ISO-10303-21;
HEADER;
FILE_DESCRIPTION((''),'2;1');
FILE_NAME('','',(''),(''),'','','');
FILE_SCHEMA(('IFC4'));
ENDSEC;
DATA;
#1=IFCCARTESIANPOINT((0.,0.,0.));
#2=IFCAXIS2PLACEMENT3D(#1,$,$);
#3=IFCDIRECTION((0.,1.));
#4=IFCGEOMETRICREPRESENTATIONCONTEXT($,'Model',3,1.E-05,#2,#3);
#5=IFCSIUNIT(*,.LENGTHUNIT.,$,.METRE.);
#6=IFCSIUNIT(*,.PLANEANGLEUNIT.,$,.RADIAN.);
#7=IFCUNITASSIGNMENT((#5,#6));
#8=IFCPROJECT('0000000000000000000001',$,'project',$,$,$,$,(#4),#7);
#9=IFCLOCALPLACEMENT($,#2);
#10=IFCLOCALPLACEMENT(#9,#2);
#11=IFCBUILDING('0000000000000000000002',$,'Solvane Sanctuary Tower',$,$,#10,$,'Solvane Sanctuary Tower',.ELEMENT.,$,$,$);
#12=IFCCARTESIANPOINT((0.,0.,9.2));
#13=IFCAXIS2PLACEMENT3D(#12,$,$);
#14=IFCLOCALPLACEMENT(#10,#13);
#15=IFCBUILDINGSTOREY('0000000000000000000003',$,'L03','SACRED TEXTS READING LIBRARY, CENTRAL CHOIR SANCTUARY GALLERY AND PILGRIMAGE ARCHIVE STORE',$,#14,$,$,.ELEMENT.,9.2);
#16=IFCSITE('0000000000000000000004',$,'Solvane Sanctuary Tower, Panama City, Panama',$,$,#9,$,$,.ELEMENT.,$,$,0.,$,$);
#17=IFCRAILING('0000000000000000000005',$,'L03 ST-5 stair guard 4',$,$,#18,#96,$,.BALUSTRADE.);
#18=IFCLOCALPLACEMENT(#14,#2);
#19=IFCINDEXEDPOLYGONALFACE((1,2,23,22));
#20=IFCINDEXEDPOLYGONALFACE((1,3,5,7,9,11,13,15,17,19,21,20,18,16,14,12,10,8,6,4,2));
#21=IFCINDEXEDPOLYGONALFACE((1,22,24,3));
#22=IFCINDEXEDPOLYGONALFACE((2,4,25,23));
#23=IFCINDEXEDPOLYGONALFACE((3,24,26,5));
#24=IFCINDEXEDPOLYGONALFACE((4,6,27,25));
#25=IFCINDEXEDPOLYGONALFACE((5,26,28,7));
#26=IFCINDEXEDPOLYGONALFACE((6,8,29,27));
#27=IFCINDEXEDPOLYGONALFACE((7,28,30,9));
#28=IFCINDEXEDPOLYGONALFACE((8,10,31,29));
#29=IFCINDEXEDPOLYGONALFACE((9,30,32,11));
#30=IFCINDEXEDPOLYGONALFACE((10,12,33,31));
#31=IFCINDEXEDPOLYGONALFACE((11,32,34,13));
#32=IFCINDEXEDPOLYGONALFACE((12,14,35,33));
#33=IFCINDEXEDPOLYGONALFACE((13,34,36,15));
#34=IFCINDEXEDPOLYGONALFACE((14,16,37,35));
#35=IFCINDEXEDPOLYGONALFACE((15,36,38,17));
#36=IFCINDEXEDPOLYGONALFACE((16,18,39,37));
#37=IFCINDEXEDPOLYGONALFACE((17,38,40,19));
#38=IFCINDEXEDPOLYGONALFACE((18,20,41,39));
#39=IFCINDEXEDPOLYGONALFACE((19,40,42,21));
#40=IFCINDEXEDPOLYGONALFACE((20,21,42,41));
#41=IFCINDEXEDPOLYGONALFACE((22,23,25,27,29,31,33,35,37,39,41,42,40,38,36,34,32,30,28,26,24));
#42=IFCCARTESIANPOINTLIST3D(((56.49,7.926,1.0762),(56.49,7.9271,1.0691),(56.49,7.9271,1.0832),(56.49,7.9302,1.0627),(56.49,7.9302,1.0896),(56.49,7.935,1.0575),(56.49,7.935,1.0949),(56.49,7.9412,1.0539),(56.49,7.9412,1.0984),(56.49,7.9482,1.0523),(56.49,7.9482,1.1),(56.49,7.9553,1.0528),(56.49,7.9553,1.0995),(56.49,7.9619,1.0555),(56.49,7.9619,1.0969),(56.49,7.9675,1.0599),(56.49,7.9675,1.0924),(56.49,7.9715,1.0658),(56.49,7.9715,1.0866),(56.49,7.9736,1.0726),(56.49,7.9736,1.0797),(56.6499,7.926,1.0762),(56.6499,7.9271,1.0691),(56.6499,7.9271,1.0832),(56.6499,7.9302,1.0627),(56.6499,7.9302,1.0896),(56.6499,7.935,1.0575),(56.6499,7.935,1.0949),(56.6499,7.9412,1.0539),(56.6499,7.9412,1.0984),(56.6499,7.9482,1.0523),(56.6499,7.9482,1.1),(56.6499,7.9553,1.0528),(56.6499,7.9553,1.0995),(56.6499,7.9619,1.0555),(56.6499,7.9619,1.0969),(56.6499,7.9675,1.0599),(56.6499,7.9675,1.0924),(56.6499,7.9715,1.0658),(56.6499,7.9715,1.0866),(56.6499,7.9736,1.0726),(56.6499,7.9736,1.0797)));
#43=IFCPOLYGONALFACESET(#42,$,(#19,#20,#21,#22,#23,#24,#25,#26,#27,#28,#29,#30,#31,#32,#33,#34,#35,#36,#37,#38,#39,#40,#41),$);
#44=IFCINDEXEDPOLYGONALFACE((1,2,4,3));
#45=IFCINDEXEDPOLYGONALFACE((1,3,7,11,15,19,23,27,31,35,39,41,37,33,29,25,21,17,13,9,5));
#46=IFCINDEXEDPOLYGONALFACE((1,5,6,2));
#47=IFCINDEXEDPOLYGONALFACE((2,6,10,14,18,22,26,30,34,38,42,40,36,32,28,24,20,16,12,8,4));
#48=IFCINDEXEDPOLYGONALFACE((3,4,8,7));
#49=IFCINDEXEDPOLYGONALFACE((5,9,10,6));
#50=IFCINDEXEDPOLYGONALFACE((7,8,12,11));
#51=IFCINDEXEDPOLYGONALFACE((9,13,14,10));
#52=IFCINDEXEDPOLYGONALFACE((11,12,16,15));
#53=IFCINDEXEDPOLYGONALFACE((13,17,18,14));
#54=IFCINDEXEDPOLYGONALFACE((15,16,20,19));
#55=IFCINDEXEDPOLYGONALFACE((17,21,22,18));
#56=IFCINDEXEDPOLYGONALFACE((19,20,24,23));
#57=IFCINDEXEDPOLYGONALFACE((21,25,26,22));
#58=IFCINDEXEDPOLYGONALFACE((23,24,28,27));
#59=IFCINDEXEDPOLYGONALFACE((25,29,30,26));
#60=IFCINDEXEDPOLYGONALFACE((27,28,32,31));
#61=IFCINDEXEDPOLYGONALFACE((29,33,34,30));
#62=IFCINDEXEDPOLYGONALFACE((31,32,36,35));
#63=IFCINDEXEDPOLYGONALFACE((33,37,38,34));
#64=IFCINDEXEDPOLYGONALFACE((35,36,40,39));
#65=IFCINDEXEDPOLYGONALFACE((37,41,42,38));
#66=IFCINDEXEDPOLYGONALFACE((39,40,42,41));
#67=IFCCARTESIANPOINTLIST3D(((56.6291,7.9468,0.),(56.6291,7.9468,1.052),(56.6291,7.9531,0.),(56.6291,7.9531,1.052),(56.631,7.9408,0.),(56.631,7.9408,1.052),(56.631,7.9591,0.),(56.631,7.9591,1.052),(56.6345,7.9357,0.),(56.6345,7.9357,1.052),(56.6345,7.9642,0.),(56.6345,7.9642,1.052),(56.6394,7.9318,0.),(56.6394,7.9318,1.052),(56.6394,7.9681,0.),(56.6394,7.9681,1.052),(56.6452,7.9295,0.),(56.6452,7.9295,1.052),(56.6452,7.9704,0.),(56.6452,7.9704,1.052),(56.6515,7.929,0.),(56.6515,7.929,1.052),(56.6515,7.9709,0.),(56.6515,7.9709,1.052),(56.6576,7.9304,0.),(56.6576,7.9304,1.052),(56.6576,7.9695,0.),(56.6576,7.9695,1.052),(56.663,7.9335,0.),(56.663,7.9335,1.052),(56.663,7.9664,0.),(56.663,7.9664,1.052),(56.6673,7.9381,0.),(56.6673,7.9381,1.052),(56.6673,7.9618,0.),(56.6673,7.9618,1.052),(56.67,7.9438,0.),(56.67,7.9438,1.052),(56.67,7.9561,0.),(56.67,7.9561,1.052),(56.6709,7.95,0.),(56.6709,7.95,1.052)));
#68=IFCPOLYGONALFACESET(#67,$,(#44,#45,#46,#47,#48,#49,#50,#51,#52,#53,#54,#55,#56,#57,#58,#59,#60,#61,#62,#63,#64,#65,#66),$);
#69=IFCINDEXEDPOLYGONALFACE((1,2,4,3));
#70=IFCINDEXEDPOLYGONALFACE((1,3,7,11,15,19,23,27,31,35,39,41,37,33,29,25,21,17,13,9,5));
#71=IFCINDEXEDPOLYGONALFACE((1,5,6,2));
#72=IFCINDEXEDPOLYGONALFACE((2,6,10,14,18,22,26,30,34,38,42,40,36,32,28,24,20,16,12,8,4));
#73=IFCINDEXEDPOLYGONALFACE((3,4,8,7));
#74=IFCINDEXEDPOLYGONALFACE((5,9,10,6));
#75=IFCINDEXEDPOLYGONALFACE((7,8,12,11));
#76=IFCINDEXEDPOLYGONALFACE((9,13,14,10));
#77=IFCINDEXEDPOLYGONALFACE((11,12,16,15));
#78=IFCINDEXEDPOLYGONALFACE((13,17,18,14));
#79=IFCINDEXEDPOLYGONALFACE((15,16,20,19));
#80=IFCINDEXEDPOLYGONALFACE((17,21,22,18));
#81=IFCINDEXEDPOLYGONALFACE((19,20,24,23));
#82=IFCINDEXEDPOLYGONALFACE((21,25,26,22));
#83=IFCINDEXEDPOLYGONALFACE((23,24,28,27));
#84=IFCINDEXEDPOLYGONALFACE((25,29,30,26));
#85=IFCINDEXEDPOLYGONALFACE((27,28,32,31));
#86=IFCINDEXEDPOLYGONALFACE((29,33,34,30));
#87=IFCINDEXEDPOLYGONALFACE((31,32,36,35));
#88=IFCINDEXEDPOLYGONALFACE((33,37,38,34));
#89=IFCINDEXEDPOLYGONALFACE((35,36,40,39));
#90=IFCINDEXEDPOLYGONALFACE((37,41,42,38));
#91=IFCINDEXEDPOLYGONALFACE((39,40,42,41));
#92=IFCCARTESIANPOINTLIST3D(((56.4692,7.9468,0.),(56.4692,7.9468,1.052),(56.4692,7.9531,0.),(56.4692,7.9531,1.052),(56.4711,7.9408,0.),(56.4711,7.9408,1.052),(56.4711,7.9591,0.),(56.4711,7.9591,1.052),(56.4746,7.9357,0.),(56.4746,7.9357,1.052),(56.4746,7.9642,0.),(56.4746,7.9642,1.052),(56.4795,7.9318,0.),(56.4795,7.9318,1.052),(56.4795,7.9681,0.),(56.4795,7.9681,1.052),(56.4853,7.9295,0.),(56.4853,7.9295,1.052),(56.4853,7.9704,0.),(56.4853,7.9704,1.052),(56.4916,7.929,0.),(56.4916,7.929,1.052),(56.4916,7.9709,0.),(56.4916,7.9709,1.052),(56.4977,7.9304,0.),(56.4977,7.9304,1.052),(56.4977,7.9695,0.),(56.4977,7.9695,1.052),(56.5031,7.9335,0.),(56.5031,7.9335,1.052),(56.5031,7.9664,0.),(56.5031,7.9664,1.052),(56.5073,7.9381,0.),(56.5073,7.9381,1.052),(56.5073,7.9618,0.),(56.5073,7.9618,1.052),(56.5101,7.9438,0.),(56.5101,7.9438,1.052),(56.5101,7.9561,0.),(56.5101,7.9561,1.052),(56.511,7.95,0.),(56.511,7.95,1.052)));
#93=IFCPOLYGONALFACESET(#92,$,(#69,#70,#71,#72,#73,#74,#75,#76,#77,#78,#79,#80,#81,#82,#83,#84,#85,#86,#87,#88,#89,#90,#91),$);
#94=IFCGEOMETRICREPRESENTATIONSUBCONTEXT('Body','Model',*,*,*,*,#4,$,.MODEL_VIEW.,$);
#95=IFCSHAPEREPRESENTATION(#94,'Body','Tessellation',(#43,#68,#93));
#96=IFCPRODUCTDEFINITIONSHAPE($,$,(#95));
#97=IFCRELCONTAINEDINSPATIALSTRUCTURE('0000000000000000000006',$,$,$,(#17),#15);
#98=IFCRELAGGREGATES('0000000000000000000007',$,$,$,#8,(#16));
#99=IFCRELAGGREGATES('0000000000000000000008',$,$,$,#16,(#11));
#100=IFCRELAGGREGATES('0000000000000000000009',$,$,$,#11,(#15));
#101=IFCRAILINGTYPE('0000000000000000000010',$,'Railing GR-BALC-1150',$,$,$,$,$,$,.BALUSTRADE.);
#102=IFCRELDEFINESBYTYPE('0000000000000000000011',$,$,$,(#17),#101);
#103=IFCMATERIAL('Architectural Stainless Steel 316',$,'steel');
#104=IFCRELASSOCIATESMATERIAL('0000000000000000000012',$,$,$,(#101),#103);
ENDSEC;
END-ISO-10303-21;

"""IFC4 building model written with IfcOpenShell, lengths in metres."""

from ifc_helpers import new_model, si_unit, direction, frame, origin, origin_2d, place, context, subcontext, project, spatial, circle, extrude, material, type_object, element, save


model = new_model("IFC4")

# Units and contexts
model_context = context("Model", 3, precision=1e-05, world=origin(), true_north=direction((0.0, 1.0)))
body_context = subcontext(model_context, "Body", "Model", "MODEL_VIEW")
ifc_project = project(units=[si_unit("LENGTHUNIT", "METRE"), si_unit("PLANEANGLEUNIT", "RADIAN")], contexts=[model_context])

# Site, building, storey
site_placement = place(None, origin())
site = spatial("IfcSite", under=ifc_project, at=site_placement, Name="Solvane Sanctuary Tower, Panama City, Panama", CompositionType="ELEMENT", RefElevation=0.0)
building_placement = place(site_placement, origin())
building = spatial("IfcBuilding", under=site, at=building_placement, Name="Solvane Sanctuary Tower", LongName="Solvane Sanctuary Tower", CompositionType="ELEMENT")
storey_placement = place(building_placement, frame((0.0, 0.0, 9.2)))
storey = spatial("IfcBuildingStorey", under=building, at=storey_placement, Name="L03", Description="SACRED TEXTS READING LIBRARY, CENTRAL CHOIR SANCTUARY GALLERY AND PILGRIMAGE ARCHIVE STORE", CompositionType="ELEMENT", Elevation=9.2)

# Shared definitions
ifc_material_1 = material(Name="Architectural Stainless Steel 316", Category="steel")

# Railing
railing_type_1 = type_object("IfcRailingType", Name="Railing GR-BALC-1150", PredefinedType="BALUSTRADE", material=ifc_material_1)
railing_1_placement = place(storey_placement, frame((56.6499, 7.95, 0.0)))
element("IfcRailing", 1, at=railing_1_placement, inside=storey, type_object=railing_type_1, Name="L03 ST-5 stair guard 4", PredefinedType="BALUSTRADE", context=body_context, shape_type="SweptSolid", body=[
    extrude(circle(Radius=0.0239, at=origin_2d()), frame((0.0, 0.0, 1.0762), z_axis=(-1.0, 0.0, 0.0), x_axis=(0.0, -1.0, 0.0)), (0.0, 0.0, 1.0), 0.1599),
    extrude(circle(Radius=0.021, at=origin_2d()), origin(), (0.0, 0.0, 1.0), 1.052),
    extrude(circle(Radius=0.021, at=origin_2d()), frame((-0.1599, 0.0, 0.0)), (0.0, 0.0, 1.0), 1.052),
])

save(model, "model.ifc")
